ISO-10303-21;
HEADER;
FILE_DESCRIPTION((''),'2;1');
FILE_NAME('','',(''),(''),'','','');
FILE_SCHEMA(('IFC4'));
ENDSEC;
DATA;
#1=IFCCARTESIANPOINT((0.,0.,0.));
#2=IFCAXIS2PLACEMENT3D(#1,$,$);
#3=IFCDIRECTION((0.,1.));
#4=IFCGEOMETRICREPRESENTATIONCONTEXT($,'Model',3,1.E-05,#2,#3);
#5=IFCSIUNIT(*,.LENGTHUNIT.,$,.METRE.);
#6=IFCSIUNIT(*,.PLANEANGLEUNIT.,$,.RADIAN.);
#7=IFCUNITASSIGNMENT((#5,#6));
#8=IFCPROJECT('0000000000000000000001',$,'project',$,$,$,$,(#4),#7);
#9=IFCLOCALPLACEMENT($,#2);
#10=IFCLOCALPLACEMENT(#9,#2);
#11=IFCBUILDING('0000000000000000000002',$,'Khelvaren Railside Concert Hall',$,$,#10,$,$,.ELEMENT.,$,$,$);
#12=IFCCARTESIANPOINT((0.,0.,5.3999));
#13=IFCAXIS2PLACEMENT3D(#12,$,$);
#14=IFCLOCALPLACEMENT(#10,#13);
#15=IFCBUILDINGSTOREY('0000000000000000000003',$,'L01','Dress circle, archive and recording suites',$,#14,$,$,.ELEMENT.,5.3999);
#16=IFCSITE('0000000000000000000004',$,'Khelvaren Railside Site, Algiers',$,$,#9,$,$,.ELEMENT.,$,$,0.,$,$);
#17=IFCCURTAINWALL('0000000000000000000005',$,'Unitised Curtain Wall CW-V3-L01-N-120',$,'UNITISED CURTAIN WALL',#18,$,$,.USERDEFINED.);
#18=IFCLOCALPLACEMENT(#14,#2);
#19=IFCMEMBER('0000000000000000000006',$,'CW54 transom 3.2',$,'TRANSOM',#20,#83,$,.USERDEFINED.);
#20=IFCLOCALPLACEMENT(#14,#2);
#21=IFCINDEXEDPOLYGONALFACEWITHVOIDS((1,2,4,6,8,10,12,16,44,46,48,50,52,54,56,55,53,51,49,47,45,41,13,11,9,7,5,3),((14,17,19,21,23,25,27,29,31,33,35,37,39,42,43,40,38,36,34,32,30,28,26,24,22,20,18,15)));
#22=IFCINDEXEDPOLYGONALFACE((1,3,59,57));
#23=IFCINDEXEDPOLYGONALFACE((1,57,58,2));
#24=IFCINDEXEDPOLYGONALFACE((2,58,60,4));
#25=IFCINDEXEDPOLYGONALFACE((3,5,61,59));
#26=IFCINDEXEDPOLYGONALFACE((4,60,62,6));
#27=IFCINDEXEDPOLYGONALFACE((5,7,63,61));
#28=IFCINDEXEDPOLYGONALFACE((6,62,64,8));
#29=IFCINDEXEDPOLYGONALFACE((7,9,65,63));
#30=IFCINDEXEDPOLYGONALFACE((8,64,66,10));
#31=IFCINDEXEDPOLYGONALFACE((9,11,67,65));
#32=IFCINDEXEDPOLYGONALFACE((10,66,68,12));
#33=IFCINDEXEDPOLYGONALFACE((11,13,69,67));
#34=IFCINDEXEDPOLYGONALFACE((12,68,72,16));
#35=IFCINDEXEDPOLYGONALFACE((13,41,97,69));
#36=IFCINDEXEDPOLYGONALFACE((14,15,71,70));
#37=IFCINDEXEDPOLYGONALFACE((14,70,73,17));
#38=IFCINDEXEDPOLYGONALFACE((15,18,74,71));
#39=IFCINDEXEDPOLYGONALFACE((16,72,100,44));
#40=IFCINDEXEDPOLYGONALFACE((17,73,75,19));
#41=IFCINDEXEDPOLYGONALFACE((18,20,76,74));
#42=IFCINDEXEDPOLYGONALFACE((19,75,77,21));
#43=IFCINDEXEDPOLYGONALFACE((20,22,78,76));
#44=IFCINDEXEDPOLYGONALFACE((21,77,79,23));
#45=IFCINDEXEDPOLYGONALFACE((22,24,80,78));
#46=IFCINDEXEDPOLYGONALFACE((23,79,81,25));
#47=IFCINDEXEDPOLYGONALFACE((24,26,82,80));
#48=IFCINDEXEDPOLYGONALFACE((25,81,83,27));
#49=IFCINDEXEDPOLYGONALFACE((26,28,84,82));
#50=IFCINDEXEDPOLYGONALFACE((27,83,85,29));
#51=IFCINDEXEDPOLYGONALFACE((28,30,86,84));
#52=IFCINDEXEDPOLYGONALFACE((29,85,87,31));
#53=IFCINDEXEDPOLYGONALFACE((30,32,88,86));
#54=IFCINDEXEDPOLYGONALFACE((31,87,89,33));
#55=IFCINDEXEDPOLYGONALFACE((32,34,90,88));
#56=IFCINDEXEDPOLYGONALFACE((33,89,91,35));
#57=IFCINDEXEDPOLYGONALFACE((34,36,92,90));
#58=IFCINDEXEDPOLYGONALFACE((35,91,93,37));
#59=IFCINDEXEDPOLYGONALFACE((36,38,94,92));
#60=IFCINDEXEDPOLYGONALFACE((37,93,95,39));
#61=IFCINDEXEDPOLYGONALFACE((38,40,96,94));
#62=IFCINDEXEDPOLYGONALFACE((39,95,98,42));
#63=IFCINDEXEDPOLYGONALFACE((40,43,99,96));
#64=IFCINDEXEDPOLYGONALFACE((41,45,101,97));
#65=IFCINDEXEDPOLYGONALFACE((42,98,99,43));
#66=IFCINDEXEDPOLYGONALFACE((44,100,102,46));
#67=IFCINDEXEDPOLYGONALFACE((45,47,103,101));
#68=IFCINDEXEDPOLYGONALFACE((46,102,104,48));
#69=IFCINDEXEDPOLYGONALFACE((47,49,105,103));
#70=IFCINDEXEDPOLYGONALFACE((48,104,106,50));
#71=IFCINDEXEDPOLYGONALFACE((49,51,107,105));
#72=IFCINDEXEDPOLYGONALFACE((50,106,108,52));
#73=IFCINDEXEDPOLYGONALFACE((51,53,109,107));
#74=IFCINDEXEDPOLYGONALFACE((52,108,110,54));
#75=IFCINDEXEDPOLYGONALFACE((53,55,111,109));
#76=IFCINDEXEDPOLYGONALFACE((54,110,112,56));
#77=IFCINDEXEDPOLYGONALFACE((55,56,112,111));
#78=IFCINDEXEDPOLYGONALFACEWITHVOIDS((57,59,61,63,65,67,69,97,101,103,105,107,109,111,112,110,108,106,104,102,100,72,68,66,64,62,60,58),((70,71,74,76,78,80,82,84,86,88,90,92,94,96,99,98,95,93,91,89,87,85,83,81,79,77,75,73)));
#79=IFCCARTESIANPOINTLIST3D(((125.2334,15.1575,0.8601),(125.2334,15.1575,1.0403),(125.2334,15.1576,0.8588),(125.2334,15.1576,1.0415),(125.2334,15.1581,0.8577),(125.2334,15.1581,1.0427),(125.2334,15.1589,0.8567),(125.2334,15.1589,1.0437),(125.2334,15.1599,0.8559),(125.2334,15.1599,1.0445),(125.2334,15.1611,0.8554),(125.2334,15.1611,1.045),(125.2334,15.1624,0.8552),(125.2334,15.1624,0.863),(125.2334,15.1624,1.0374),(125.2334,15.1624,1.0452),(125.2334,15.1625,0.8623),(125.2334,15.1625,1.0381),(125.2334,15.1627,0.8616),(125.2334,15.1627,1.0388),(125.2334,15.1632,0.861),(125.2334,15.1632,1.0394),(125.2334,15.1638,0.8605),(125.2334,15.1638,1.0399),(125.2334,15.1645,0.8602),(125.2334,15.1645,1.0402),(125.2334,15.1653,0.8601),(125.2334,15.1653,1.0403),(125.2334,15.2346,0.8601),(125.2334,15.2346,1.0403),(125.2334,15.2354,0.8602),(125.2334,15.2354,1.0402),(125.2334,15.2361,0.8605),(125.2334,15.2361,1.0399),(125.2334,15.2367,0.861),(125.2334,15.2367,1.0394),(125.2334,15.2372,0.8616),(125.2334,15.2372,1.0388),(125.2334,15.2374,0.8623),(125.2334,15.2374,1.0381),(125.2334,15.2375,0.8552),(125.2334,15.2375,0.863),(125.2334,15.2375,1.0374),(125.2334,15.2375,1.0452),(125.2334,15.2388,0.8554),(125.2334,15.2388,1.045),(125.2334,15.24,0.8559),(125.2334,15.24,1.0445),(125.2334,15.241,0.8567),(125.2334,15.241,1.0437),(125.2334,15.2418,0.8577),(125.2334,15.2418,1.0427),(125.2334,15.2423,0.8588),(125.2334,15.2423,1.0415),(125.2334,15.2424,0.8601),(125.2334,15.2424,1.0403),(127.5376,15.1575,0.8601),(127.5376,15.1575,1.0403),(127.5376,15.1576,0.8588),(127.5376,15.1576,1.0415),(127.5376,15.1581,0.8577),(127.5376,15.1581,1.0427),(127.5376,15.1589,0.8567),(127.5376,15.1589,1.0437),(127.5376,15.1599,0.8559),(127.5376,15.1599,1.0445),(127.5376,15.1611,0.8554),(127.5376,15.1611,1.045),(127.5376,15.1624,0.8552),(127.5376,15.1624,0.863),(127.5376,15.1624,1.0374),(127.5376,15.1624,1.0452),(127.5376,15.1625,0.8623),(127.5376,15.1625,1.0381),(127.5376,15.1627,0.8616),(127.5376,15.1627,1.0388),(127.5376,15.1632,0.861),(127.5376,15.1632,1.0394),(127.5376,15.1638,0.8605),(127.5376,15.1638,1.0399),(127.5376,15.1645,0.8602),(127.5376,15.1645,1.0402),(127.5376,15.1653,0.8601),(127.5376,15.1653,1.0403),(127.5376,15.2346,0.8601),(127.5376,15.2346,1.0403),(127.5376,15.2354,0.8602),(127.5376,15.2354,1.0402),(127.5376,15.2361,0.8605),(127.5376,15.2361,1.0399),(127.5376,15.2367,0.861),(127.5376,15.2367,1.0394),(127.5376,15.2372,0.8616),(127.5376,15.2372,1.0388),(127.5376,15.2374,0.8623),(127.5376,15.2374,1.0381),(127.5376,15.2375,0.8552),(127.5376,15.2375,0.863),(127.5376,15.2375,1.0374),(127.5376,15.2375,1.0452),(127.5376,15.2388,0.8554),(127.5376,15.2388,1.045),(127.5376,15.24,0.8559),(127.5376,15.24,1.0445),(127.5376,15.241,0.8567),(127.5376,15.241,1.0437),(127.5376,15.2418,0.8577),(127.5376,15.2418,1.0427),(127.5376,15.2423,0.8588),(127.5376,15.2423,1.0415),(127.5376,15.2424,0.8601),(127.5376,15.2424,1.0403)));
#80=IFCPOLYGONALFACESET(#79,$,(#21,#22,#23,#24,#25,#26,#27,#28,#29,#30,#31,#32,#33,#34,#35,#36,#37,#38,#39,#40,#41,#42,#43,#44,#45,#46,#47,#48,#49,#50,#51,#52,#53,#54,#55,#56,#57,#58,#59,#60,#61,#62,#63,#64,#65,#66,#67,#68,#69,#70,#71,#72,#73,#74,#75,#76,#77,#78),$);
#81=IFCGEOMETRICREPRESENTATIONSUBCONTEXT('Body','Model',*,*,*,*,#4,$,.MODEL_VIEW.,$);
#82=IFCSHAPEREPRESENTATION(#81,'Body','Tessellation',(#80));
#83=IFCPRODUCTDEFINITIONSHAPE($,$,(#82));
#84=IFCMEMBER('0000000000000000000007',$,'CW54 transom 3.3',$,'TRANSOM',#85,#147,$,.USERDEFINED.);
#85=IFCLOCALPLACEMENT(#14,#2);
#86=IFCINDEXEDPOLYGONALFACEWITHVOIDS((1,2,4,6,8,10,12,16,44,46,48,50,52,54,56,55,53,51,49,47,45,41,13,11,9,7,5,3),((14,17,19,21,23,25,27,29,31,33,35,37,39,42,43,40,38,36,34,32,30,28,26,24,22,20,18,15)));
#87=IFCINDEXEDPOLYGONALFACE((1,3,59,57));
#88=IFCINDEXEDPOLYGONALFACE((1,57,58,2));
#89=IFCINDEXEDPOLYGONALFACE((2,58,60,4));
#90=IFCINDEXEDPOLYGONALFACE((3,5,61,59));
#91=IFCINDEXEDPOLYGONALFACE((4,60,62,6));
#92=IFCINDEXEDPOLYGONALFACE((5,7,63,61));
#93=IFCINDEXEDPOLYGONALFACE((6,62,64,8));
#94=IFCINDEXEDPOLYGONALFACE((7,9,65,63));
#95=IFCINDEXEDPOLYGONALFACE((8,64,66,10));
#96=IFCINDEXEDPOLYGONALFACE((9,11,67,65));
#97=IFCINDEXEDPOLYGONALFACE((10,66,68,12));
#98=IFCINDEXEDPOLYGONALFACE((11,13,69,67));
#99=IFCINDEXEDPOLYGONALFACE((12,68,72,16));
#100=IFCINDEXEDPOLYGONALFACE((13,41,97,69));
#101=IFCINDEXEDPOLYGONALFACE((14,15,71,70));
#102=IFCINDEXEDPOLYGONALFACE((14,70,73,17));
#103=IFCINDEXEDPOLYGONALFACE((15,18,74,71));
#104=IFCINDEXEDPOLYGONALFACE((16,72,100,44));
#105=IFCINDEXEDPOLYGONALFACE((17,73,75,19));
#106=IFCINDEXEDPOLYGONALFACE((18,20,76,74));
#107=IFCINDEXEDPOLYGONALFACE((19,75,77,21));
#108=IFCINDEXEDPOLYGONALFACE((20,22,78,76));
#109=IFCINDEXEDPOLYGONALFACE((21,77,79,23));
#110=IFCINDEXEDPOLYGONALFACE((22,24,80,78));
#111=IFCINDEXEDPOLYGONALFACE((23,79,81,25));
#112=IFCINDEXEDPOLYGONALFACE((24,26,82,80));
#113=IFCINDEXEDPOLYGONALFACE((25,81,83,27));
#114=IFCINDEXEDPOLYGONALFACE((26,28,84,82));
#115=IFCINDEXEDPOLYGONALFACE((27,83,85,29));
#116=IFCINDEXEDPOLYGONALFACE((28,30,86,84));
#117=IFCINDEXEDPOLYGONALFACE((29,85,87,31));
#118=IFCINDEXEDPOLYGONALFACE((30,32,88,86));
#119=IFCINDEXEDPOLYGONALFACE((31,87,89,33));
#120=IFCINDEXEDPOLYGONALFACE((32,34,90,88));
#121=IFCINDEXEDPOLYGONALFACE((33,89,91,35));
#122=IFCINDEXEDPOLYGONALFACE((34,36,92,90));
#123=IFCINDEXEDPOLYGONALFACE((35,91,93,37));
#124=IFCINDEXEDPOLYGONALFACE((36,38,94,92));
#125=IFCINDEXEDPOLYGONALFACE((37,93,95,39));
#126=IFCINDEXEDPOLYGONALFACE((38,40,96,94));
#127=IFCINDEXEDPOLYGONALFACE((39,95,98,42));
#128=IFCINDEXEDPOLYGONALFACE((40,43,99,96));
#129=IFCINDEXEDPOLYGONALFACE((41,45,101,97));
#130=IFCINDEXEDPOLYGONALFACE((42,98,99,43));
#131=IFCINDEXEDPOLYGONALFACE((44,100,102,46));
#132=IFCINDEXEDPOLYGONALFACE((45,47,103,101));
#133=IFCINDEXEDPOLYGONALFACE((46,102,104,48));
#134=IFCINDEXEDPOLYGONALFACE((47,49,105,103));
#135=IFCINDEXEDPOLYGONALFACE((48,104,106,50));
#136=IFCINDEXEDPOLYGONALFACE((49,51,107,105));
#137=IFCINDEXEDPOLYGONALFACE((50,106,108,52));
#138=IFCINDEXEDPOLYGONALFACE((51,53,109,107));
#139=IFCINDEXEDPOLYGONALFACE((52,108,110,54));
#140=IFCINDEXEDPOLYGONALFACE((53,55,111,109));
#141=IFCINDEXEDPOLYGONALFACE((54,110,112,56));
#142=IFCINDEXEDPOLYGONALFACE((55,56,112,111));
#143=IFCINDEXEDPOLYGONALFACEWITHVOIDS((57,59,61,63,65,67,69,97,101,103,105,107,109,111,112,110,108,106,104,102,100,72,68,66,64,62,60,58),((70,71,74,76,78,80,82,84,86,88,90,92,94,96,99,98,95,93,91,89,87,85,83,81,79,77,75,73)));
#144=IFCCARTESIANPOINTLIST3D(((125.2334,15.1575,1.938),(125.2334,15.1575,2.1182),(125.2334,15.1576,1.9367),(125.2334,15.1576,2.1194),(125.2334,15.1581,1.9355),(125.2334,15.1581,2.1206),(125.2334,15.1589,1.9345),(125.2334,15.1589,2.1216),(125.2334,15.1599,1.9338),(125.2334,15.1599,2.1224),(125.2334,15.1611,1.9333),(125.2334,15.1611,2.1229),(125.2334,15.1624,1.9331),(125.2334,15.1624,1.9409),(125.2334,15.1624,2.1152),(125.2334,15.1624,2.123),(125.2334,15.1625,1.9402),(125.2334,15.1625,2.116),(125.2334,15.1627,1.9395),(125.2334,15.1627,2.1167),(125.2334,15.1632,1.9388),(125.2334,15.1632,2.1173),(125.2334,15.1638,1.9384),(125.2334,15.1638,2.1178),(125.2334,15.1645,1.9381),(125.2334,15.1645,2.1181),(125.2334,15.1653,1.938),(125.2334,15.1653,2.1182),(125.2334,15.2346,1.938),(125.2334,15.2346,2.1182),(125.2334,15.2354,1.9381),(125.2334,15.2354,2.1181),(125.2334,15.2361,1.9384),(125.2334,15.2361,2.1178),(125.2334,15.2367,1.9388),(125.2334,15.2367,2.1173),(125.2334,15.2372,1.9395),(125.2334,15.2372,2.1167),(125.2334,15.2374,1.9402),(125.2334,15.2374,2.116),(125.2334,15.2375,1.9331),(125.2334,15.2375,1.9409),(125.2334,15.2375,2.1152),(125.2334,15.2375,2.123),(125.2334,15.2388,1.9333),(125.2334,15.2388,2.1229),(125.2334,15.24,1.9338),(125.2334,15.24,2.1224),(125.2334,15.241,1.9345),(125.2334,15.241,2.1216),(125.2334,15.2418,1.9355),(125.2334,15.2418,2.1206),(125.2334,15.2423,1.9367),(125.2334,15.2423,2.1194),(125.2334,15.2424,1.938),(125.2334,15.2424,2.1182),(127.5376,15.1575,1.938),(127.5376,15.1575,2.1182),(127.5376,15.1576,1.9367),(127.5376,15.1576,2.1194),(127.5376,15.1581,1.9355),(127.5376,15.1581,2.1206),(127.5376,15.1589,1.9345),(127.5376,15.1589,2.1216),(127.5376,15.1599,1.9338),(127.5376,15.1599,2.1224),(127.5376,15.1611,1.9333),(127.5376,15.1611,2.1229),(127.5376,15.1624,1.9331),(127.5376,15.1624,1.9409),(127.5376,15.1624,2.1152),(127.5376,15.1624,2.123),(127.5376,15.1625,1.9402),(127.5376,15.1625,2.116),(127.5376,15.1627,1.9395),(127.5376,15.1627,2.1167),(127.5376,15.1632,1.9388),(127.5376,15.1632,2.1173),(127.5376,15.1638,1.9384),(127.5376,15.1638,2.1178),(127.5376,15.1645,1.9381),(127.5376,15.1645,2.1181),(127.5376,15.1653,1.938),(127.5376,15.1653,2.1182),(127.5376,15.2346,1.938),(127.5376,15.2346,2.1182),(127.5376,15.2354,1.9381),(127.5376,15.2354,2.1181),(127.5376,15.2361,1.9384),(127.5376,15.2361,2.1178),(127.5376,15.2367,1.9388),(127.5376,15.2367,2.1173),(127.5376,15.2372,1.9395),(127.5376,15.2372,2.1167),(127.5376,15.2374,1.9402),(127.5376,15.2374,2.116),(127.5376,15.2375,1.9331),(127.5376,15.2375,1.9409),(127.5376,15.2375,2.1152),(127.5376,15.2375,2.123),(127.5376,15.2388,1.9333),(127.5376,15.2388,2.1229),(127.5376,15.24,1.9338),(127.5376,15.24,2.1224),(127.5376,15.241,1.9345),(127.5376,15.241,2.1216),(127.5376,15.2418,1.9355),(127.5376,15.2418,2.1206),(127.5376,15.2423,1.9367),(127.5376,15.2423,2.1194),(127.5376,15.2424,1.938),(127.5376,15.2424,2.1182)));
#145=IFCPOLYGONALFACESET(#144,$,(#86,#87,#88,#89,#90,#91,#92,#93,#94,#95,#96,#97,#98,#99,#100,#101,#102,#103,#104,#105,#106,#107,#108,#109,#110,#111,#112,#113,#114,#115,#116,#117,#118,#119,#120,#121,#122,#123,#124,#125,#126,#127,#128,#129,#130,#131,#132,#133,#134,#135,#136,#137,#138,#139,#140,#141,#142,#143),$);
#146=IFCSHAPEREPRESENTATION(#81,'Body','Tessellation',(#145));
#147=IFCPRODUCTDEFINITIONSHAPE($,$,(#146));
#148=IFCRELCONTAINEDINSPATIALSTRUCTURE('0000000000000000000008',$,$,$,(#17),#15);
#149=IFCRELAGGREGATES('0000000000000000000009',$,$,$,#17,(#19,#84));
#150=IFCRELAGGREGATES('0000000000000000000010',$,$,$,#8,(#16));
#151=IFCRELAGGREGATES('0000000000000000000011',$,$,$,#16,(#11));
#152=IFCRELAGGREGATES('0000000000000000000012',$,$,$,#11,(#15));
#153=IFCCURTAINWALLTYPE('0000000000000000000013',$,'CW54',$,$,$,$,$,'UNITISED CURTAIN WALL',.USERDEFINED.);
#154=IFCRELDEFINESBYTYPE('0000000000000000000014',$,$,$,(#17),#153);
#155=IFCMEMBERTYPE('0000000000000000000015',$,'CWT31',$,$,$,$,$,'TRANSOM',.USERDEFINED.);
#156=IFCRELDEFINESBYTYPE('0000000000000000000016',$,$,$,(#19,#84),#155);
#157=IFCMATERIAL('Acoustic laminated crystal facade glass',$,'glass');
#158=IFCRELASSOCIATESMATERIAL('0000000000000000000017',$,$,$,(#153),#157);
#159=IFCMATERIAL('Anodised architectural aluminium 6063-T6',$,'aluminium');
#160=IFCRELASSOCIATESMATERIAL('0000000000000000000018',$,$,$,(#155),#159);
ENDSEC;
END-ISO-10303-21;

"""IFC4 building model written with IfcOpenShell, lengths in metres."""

from ifc_helpers import new_model, si_unit, direction, frame, origin, origin_2d, place, context, subcontext, project, spatial, hollow_rectangle, extrude, material, material_profile, profile_set, type_object, element, aggregate, save


model = new_model("IFC4")

# Units and contexts
model_context = context("Model", 3, precision=1e-05, world=origin(), true_north=direction((0.0, 1.0)))
body_context = subcontext(model_context, "Body", "Model", "MODEL_VIEW")
ifc_project = project(units=[si_unit("LENGTHUNIT", "METRE"), si_unit("PLANEANGLEUNIT", "RADIAN")], contexts=[model_context])

# Site, building, storey
site_placement = place(None, origin())
site = spatial("IfcSite", under=ifc_project, at=site_placement, Name="Khelvaren Railside Site, Algiers", CompositionType="ELEMENT", RefElevation=0.0)
building_placement = place(site_placement, origin())
building = spatial("IfcBuilding", under=site, at=building_placement, Name="Khelvaren Railside Concert Hall", CompositionType="ELEMENT")
storey_placement = place(building_placement, frame((0.0, 0.0, 5.3999)))
storey = spatial("IfcBuildingStorey", under=building, at=storey_placement, Name="L01", Description="Dress circle, archive and recording suites", CompositionType="ELEMENT", Elevation=5.3999)

# Curtain wall, members
ifc_material_1 = material(Name="Acoustic laminated crystal facade glass", Category="glass")
curtain_wall_type = type_object("IfcCurtainWallType", Name="CW54", ElementType="UNITISED CURTAIN WALL", PredefinedType="USERDEFINED", material=ifc_material_1)
curtain_wall_placement = place(storey_placement, origin())
curtain_wall = element("IfcCurtainWall", 1, at=curtain_wall_placement, inside=storey, type_object=curtain_wall_type, Name="Unitised Curtain Wall CW-V3-L01-N-120", ObjectType="UNITISED CURTAIN WALL", PredefinedType="USERDEFINED")
ifc_material_2 = material(Name="Anodised architectural aluminium 6063-T6", Category="aluminium")
ifc_material_profile_1 = material_profile(ifc_material_2, hollow_rectangle(XDim=0.085, YDim=0.1899, WallThickness=0.0049, InnerFilletRadius=0.0029, OuterFilletRadius=0.0049, at=origin_2d()), Name="CWT 85x190x5")
ifc_profile_set_1 = profile_set([ifc_material_profile_1], Name="Anodised architectural aluminium 6063-T6")
member_type_1 = type_object("IfcMemberType", Name="CWT31", ElementType="TRANSOM", PredefinedType="USERDEFINED", material=ifc_profile_set_1)
member_1_placement = place(storey_placement, frame((125.2334, 15.2, 0.9502), z_axis=(1.0, 0.0, 0.0), x_axis=(0.0, 1.0, 0.0)))
member_1 = element("IfcMember", 2, at=member_1_placement, type_object=member_type_1, Name="CW54 transom 3.2", ObjectType="TRANSOM", PredefinedType="USERDEFINED", context=body_context, shape_type="SweptSolid", body=[
    extrude(hollow_rectangle(XDim=0.085, YDim=0.1899, WallThickness=0.0049, InnerFilletRadius=0.0029, OuterFilletRadius=0.0049, at=origin_2d()), origin(), (0.0, 0.0, 1.0), 2.3042),
])
member_2_placement = place(storey_placement, frame((125.2334, 15.2, 2.0281), z_axis=(1.0, 0.0, 0.0), x_axis=(0.0, 1.0, 0.0)))
member_2 = element("IfcMember", 3, at=member_2_placement, type_object=member_type_1, Name="CW54 transom 3.3", ObjectType="TRANSOM", PredefinedType="USERDEFINED", context=body_context, shape_type="SweptSolid", body=[
    extrude(hollow_rectangle(XDim=0.085, YDim=0.1899, WallThickness=0.0049, InnerFilletRadius=0.0029, OuterFilletRadius=0.0049, at=origin_2d()), origin(), (0.0, 0.0, 1.0), 2.3042),
])

aggregate(curtain_wall, [member_1, member_2])

save(model, "model.ifc")
